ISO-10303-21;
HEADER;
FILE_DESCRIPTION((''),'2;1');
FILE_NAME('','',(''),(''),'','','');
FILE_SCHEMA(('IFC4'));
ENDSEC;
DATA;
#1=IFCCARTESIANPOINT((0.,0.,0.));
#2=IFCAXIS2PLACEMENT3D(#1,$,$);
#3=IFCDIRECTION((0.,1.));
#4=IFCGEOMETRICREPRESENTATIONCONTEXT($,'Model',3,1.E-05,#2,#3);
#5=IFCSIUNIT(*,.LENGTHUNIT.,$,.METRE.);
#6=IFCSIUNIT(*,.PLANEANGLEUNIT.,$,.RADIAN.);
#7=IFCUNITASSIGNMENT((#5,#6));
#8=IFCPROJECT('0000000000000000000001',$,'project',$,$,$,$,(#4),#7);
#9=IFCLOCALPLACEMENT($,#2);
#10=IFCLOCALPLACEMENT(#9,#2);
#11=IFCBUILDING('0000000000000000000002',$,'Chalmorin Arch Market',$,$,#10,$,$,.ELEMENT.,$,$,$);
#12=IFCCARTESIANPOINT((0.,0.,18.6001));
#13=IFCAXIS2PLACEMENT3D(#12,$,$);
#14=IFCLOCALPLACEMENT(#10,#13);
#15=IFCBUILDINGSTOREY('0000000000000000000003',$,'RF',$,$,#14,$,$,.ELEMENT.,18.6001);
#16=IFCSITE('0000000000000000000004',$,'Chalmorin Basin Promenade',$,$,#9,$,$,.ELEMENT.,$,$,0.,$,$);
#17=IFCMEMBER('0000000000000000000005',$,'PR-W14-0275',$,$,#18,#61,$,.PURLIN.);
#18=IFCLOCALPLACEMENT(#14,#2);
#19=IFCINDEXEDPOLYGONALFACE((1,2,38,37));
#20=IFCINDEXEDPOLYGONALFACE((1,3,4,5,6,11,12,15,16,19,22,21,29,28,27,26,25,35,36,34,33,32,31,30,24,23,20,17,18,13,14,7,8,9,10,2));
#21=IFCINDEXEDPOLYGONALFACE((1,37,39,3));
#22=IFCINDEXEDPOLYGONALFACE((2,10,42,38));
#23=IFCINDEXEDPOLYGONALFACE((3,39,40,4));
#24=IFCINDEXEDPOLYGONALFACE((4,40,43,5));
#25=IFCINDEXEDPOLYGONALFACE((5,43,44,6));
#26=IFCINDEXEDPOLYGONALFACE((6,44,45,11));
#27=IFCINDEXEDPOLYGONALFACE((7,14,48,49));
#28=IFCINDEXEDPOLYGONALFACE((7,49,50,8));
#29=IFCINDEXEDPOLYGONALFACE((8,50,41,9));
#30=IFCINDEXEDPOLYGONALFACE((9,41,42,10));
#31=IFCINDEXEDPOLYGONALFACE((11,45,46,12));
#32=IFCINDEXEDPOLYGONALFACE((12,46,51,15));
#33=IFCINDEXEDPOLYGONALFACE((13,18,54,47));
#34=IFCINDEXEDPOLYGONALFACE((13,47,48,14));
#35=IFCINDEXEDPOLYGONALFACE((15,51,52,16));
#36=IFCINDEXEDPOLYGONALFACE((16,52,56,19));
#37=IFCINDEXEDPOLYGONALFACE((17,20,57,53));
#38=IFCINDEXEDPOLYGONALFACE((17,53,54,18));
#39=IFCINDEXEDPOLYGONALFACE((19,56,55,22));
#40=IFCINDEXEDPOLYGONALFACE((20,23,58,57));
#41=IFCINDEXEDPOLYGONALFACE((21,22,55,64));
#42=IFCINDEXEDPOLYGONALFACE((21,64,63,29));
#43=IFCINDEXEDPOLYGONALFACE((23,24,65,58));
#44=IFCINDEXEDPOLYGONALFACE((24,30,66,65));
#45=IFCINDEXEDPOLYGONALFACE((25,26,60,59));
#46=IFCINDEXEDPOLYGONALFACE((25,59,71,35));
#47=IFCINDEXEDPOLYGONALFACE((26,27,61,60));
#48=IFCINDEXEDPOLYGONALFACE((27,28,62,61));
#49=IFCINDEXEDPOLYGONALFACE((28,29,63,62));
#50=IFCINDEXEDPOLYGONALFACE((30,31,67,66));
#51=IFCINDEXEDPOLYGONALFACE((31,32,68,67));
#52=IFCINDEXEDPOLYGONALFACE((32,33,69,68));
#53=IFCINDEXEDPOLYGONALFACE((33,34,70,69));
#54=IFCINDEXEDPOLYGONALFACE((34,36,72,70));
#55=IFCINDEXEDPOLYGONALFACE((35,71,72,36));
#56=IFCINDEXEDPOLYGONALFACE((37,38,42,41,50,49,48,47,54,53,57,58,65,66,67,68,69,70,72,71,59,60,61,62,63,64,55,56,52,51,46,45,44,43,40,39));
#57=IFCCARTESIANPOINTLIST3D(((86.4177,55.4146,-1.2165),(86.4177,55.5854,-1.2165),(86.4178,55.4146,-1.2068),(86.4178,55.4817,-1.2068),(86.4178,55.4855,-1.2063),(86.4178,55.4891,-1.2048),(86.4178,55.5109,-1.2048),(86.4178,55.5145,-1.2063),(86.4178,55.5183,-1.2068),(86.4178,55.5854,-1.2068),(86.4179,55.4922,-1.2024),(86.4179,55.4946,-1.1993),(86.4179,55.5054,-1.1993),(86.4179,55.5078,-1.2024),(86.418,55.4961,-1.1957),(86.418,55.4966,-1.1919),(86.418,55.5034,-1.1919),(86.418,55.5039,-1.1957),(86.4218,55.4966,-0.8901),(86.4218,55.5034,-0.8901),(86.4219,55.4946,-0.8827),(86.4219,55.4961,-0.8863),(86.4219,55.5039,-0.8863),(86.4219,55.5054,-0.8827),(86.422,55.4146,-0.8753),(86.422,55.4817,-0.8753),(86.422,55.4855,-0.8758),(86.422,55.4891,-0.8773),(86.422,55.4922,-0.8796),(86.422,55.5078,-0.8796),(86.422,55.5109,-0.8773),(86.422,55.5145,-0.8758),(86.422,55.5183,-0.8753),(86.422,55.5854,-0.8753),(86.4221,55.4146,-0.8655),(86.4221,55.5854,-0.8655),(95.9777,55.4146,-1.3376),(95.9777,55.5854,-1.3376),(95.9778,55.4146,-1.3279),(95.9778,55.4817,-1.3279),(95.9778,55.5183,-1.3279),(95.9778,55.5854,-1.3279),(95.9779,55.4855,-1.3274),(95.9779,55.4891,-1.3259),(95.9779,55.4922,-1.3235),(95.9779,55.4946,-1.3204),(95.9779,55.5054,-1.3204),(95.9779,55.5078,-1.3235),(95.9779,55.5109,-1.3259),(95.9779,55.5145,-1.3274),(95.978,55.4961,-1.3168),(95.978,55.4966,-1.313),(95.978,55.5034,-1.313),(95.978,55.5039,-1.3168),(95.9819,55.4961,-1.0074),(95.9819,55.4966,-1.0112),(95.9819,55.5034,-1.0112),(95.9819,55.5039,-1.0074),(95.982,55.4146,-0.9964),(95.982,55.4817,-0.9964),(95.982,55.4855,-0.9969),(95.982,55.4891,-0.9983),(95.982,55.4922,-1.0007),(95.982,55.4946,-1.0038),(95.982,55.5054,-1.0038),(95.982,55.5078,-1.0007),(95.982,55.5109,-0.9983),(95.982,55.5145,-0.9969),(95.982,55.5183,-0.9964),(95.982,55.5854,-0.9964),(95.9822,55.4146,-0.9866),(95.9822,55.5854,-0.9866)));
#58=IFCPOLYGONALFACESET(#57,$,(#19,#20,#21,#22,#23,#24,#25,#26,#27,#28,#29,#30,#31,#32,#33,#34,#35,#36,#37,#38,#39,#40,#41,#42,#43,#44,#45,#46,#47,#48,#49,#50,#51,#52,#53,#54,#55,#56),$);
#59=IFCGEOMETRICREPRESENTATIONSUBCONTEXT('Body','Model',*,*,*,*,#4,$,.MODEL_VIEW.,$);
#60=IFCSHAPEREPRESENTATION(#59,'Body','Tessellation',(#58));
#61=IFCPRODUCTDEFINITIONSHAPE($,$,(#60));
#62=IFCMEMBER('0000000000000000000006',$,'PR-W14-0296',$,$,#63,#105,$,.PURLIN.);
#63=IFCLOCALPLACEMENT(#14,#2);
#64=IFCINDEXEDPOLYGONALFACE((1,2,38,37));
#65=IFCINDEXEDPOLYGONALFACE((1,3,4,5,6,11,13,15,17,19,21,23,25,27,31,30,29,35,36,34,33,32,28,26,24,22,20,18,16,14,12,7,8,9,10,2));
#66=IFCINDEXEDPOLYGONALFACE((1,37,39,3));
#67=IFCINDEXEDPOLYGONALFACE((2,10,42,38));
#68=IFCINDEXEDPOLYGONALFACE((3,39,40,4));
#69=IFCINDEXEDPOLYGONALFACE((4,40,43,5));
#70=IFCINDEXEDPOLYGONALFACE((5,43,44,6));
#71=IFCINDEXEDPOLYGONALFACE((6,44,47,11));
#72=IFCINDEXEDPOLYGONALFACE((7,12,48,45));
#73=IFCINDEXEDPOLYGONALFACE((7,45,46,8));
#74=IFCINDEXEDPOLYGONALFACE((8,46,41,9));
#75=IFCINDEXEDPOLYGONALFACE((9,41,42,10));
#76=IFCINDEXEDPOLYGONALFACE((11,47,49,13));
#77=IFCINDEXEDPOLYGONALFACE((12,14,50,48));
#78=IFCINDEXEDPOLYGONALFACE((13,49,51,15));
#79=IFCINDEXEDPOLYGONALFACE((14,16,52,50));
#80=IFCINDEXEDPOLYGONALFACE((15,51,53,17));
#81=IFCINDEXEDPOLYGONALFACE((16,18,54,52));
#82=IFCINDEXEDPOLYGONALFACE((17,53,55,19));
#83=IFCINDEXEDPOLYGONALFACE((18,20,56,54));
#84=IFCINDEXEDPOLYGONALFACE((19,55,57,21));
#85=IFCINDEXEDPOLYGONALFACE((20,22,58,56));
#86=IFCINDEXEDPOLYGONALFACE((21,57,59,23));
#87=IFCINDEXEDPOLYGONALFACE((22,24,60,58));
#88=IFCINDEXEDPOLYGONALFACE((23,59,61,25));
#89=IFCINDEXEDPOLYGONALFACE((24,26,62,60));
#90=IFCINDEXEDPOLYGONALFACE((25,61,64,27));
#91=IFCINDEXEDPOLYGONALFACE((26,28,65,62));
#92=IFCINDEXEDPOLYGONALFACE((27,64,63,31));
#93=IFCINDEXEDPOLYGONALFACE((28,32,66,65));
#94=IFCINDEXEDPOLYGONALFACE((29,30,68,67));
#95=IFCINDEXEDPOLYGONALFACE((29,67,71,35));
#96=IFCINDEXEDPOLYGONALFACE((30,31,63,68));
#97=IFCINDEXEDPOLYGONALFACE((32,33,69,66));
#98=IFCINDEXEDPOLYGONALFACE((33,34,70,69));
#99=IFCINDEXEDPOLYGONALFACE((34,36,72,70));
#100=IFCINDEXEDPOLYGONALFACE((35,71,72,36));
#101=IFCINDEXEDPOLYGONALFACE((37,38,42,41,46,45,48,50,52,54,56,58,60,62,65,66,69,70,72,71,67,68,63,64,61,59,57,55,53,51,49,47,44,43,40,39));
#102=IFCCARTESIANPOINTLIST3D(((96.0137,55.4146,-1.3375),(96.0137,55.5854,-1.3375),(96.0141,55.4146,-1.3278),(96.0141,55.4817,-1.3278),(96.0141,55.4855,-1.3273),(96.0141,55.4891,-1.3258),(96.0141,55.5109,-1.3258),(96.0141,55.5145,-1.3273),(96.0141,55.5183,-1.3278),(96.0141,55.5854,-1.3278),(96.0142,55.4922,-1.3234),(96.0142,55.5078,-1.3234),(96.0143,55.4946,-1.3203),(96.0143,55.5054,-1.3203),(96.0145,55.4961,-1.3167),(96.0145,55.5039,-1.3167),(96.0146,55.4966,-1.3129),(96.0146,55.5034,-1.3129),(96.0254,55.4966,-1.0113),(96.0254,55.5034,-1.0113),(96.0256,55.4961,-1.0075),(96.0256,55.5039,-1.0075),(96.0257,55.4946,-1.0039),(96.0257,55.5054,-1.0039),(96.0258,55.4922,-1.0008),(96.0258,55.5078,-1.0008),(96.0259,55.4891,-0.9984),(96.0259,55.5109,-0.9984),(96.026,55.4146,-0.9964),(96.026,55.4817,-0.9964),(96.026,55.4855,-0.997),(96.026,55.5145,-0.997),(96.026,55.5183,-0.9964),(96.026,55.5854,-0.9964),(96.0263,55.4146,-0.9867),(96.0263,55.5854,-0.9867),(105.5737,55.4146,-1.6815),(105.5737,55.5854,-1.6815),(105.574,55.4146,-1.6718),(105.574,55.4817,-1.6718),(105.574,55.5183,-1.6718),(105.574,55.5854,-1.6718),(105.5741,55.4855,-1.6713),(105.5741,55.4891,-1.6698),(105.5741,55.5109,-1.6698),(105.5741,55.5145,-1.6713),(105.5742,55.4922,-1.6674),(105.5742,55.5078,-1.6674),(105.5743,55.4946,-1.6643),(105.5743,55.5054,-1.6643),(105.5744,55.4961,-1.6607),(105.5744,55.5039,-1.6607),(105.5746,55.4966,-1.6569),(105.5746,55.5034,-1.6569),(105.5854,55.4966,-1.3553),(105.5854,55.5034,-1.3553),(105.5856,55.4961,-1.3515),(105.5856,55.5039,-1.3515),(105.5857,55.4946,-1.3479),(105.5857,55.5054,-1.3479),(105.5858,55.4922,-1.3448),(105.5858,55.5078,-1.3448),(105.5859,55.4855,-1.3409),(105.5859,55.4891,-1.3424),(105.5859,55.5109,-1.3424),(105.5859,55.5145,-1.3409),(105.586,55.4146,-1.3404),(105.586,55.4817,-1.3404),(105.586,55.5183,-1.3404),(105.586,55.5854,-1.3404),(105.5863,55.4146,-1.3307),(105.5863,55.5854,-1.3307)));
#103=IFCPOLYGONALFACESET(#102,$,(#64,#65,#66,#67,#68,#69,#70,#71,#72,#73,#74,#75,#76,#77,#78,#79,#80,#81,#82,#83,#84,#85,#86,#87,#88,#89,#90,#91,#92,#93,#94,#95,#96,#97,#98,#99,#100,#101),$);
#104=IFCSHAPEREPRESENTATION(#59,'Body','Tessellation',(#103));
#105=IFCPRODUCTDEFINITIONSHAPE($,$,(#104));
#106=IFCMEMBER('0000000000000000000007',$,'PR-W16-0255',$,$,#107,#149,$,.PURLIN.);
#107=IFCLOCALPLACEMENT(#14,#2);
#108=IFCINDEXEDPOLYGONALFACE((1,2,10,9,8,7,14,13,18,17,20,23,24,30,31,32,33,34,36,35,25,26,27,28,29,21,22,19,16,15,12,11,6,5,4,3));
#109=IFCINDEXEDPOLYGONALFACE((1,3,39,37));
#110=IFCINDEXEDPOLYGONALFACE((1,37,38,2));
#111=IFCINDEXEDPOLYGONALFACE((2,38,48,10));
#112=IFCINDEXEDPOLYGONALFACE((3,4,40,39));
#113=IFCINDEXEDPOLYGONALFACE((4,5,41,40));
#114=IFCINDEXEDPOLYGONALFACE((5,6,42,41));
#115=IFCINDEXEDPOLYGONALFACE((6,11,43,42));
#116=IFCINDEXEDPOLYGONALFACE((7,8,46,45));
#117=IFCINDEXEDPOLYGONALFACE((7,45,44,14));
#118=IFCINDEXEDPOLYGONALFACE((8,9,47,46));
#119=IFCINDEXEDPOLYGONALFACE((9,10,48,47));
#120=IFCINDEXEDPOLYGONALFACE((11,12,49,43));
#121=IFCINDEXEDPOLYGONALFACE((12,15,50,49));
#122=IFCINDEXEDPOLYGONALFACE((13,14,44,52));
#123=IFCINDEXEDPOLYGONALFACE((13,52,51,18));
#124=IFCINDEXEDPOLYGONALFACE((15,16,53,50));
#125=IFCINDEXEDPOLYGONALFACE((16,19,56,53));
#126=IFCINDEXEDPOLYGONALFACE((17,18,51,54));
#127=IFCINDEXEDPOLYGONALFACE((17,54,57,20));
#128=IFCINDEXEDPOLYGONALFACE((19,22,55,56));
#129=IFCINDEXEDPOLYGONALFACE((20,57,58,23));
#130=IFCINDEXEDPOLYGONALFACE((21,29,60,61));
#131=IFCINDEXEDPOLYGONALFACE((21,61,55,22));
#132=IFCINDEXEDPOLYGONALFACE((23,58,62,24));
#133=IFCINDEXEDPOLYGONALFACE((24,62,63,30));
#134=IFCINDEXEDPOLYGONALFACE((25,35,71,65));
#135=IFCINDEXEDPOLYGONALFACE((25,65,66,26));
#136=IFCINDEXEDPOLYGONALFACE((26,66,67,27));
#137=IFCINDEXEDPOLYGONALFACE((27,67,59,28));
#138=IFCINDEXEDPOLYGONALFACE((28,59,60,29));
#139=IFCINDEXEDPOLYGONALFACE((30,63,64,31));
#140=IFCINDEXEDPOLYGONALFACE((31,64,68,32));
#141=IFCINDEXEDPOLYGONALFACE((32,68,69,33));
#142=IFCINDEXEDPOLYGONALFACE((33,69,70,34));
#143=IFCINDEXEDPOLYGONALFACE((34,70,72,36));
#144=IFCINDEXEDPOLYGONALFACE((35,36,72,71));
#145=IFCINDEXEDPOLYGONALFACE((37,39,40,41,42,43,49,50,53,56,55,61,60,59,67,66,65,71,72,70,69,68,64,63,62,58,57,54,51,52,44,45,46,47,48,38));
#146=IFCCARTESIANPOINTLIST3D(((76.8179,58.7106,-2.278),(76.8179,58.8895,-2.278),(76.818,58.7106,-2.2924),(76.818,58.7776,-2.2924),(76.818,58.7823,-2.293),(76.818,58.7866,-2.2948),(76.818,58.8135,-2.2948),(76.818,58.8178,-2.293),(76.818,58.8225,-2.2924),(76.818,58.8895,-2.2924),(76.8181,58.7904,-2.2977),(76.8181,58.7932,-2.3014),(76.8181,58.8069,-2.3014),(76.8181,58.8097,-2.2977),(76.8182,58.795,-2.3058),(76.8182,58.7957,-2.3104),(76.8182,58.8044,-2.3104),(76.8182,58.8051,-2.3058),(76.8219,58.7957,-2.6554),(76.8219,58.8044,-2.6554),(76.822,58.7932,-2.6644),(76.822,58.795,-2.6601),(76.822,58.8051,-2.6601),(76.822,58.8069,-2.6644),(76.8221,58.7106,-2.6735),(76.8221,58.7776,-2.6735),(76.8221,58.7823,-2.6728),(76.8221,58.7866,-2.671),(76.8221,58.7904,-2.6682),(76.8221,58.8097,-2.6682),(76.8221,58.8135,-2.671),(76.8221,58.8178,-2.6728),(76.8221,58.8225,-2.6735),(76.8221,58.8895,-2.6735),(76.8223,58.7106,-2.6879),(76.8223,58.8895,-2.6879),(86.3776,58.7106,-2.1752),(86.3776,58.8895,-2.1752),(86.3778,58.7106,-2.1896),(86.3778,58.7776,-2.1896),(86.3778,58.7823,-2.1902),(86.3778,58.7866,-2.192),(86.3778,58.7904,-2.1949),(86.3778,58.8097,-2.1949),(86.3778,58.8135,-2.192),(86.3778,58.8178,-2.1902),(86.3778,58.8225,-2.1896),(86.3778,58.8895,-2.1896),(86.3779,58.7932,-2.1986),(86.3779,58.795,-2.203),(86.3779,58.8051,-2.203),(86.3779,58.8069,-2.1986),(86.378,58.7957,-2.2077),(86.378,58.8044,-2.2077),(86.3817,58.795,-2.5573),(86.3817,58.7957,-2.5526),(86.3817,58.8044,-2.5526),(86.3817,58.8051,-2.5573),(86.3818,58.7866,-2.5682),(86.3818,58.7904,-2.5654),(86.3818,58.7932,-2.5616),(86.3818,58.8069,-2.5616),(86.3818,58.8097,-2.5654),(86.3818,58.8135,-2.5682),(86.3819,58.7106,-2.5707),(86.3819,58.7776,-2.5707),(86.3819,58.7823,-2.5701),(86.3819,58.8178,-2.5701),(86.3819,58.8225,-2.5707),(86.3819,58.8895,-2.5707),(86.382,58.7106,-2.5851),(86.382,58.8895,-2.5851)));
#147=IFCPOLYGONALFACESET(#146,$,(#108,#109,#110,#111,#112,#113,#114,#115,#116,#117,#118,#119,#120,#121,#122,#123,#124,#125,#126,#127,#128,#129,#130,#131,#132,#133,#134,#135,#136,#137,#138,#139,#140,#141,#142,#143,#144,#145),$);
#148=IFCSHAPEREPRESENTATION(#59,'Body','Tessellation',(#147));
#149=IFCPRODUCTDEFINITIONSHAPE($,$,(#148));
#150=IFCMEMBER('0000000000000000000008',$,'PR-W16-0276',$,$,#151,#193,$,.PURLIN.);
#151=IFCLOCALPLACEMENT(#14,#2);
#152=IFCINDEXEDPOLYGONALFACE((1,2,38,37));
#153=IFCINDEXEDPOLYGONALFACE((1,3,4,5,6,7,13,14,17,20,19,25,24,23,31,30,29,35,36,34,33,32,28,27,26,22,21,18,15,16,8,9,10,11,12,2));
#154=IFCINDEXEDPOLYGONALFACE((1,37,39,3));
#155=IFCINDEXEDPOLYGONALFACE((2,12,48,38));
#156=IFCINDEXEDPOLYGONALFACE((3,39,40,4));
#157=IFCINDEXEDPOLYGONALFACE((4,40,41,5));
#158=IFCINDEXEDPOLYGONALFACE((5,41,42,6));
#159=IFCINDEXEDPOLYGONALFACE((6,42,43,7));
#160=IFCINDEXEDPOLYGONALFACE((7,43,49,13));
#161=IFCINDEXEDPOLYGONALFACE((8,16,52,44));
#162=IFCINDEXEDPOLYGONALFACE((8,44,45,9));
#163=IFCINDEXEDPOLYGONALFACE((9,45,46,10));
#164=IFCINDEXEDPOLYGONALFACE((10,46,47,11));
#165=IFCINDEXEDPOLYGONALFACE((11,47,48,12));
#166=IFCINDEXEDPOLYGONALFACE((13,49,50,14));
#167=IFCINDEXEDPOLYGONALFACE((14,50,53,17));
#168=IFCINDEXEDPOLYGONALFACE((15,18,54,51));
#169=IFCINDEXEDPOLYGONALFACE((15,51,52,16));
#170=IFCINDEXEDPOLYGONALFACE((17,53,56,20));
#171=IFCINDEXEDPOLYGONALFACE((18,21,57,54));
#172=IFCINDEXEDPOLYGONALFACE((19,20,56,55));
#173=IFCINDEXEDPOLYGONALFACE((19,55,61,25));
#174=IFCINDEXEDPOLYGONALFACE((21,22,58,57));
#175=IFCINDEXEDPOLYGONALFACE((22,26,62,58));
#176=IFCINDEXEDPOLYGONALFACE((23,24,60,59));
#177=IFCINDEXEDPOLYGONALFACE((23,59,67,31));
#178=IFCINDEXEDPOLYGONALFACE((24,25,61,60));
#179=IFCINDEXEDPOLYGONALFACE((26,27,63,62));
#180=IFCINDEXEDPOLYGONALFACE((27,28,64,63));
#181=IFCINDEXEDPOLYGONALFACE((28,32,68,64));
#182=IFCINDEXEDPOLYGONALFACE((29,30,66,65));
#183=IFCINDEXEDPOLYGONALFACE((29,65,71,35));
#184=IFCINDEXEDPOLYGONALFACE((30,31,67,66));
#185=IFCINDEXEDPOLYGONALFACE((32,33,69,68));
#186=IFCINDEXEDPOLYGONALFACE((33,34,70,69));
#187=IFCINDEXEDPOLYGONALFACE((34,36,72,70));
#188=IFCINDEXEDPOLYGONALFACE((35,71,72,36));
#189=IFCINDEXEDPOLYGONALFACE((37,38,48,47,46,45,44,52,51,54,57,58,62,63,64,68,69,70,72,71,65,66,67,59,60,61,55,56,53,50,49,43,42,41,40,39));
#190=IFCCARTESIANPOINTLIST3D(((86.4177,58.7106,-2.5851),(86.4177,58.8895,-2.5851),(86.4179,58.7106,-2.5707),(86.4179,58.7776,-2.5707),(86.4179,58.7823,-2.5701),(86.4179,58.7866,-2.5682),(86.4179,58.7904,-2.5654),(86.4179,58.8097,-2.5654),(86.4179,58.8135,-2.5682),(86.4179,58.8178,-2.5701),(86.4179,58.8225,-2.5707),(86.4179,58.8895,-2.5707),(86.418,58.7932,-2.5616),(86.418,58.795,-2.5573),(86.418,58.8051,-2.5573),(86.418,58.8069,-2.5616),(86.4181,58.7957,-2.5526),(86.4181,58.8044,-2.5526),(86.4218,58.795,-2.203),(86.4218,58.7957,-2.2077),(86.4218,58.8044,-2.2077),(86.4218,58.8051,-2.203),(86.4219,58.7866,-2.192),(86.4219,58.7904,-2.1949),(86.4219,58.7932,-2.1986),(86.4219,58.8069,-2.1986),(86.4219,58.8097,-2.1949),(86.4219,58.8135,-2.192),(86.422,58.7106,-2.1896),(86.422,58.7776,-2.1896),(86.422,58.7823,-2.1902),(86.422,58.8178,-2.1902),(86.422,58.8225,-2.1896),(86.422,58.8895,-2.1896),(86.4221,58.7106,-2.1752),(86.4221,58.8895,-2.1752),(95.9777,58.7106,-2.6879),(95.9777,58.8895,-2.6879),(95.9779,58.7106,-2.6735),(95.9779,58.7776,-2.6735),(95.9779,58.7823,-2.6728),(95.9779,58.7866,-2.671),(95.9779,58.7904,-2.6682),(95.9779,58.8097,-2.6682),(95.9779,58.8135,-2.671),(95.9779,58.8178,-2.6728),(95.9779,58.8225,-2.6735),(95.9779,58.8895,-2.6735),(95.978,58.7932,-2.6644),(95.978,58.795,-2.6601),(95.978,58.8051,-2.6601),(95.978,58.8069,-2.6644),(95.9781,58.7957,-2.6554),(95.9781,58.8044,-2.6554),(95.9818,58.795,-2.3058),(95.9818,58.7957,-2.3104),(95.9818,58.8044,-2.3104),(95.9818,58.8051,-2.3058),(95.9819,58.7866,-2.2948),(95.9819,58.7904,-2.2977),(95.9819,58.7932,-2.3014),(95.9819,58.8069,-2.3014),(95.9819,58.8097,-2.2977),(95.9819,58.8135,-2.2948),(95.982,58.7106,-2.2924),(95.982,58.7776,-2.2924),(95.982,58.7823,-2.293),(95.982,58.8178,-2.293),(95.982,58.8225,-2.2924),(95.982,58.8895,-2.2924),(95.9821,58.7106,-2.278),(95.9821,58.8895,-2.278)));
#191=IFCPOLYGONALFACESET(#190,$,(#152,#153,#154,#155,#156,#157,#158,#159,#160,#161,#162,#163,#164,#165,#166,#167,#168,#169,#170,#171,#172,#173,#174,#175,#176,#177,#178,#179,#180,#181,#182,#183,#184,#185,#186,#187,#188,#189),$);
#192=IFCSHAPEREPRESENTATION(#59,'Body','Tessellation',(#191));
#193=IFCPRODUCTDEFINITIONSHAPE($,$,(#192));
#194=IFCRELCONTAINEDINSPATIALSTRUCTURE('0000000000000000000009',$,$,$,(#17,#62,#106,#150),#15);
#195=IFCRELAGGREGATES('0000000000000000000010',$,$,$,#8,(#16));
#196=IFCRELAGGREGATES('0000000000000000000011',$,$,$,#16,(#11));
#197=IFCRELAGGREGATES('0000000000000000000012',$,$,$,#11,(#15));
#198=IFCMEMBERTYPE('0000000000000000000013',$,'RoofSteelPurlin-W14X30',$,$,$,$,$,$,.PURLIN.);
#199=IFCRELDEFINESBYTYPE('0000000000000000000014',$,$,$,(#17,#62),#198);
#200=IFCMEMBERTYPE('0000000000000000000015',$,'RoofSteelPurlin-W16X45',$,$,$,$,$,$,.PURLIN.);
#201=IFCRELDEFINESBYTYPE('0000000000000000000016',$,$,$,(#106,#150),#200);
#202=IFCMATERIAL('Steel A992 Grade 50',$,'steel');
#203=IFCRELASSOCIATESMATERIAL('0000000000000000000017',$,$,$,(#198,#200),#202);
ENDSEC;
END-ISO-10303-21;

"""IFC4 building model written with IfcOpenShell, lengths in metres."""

from ifc_helpers import new_model, si_unit, direction, frame, origin, origin_2d, place, context, subcontext, project, spatial, i_section, extrude, material, material_profile, profile_set, type_object, element, save


model = new_model("IFC4")

# Units and contexts
model_context = context("Model", 3, precision=1e-05, world=origin(), true_north=direction((0.0, 1.0)))
body_context = subcontext(model_context, "Body", "Model", "MODEL_VIEW")
ifc_project = project(units=[si_unit("LENGTHUNIT", "METRE"), si_unit("PLANEANGLEUNIT", "RADIAN")], contexts=[model_context])

# Site, building, storey
site_placement = place(None, origin())
site = spatial("IfcSite", under=ifc_project, at=site_placement, Name="Chalmorin Basin Promenade", CompositionType="ELEMENT", RefElevation=0.0)
building_placement = place(site_placement, origin())
building = spatial("IfcBuilding", under=site, at=building_placement, Name="Chalmorin Arch Market", CompositionType="ELEMENT")
storey_placement = place(building_placement, frame((0.0, 0.0, 18.6001)))
storey = spatial("IfcBuildingStorey", under=building, at=storey_placement, Name="RF", CompositionType="ELEMENT", Elevation=18.6001)

# Members
ifc_material_1 = material(Name="Steel A992 Grade 50", Category="steel")
ifc_material_profile_1 = material_profile(ifc_material_1, i_section(OverallWidth=0.1709, OverallDepth=0.3511, WebThickness=0.0068, FlangeThickness=0.0098, FilletRadius=0.0149, at=origin_2d()), Name="W14X30")
ifc_profile_set_1 = profile_set([ifc_material_profile_1], Name="Steel A992 Grade 50")
member_type_1 = type_object("IfcMemberType", Name="RoofSteelPurlin-W14X30", PredefinedType="PURLIN", material=ifc_profile_set_1)
member_1_placement = place(storey_placement, frame((86.4199, 55.5, -1.041), z_axis=(0.99992, 0.0, -0.012666), x_axis=(0.0, 1.0, 0.0)))
element("IfcMember", 1, at=member_1_placement, inside=storey, type_object=member_type_1, Name="PR-W14-0275", PredefinedType="PURLIN", context=body_context, shape_type="SweptSolid", body=[
    extrude(i_section(OverallWidth=0.1709, OverallDepth=0.3511, WebThickness=0.0068, FlangeThickness=0.0098, FilletRadius=0.0149, at=origin_2d()), origin(), (0.0, 0.0, 1.0), 9.5608),
])
member_2_placement = place(storey_placement, frame((96.02, 55.5, -1.1621), z_axis=(0.999353, 0.0, -0.035959), x_axis=(0.0, 1.0, 0.0)))
element("IfcMember", 2, at=member_2_placement, inside=storey, type_object=member_type_1, Name="PR-W14-0296", PredefinedType="PURLIN", context=body_context, shape_type="SweptSolid", body=[
    extrude(i_section(OverallWidth=0.1709, OverallDepth=0.3511, WebThickness=0.0068, FlangeThickness=0.0098, FilletRadius=0.0149, at=origin_2d()), origin(), (0.0, 0.0, 1.0), 9.5662),
])
ifc_material_profile_2 = material_profile(ifc_material_1, i_section(OverallWidth=0.179, OverallDepth=0.4099, WebThickness=0.0088, FlangeThickness=0.0144, FilletRadius=0.0181, at=origin_2d()), Name="W16X45")
ifc_profile_set_2 = profile_set([ifc_material_profile_2], Name="Steel A992 Grade 50")
member_type_2 = type_object("IfcMemberType", Name="RoofSteelPurlin-W16X45", PredefinedType="PURLIN", material=ifc_profile_set_2)
member_3_placement = place(storey_placement, frame((76.8201, 58.8, -2.4829), z_axis=(0.999942, 0.0, 0.010751), x_axis=(0.0, 1.0, 0.0)))
element("IfcMember", 3, at=member_3_placement, inside=storey, type_object=member_type_2, Name="PR-W16-0255", PredefinedType="PURLIN", context=body_context, shape_type="SweptSolid", body=[
    extrude(i_section(OverallWidth=0.179, OverallDepth=0.4099, WebThickness=0.0088, FlangeThickness=0.0144, FilletRadius=0.0181, at=origin_2d()), origin(), (0.0, 0.0, 1.0), 9.5603),
])
member_4_placement = place(storey_placement, frame((86.4199, 58.8, -2.3801), z_axis=(0.999942, 0.0, -0.010751), x_axis=(0.0, 1.0, 0.0)))
element("IfcMember", 4, at=member_4_placement, inside=storey, type_object=member_type_2, Name="PR-W16-0276", PredefinedType="PURLIN", context=body_context, shape_type="SweptSolid", body=[
    extrude(i_section(OverallWidth=0.179, OverallDepth=0.4099, WebThickness=0.0088, FlangeThickness=0.0144, FilletRadius=0.0181, at=origin_2d()), origin(), (0.0, 0.0, 1.0), 9.5605),
])

save(model, "model.ifc")
